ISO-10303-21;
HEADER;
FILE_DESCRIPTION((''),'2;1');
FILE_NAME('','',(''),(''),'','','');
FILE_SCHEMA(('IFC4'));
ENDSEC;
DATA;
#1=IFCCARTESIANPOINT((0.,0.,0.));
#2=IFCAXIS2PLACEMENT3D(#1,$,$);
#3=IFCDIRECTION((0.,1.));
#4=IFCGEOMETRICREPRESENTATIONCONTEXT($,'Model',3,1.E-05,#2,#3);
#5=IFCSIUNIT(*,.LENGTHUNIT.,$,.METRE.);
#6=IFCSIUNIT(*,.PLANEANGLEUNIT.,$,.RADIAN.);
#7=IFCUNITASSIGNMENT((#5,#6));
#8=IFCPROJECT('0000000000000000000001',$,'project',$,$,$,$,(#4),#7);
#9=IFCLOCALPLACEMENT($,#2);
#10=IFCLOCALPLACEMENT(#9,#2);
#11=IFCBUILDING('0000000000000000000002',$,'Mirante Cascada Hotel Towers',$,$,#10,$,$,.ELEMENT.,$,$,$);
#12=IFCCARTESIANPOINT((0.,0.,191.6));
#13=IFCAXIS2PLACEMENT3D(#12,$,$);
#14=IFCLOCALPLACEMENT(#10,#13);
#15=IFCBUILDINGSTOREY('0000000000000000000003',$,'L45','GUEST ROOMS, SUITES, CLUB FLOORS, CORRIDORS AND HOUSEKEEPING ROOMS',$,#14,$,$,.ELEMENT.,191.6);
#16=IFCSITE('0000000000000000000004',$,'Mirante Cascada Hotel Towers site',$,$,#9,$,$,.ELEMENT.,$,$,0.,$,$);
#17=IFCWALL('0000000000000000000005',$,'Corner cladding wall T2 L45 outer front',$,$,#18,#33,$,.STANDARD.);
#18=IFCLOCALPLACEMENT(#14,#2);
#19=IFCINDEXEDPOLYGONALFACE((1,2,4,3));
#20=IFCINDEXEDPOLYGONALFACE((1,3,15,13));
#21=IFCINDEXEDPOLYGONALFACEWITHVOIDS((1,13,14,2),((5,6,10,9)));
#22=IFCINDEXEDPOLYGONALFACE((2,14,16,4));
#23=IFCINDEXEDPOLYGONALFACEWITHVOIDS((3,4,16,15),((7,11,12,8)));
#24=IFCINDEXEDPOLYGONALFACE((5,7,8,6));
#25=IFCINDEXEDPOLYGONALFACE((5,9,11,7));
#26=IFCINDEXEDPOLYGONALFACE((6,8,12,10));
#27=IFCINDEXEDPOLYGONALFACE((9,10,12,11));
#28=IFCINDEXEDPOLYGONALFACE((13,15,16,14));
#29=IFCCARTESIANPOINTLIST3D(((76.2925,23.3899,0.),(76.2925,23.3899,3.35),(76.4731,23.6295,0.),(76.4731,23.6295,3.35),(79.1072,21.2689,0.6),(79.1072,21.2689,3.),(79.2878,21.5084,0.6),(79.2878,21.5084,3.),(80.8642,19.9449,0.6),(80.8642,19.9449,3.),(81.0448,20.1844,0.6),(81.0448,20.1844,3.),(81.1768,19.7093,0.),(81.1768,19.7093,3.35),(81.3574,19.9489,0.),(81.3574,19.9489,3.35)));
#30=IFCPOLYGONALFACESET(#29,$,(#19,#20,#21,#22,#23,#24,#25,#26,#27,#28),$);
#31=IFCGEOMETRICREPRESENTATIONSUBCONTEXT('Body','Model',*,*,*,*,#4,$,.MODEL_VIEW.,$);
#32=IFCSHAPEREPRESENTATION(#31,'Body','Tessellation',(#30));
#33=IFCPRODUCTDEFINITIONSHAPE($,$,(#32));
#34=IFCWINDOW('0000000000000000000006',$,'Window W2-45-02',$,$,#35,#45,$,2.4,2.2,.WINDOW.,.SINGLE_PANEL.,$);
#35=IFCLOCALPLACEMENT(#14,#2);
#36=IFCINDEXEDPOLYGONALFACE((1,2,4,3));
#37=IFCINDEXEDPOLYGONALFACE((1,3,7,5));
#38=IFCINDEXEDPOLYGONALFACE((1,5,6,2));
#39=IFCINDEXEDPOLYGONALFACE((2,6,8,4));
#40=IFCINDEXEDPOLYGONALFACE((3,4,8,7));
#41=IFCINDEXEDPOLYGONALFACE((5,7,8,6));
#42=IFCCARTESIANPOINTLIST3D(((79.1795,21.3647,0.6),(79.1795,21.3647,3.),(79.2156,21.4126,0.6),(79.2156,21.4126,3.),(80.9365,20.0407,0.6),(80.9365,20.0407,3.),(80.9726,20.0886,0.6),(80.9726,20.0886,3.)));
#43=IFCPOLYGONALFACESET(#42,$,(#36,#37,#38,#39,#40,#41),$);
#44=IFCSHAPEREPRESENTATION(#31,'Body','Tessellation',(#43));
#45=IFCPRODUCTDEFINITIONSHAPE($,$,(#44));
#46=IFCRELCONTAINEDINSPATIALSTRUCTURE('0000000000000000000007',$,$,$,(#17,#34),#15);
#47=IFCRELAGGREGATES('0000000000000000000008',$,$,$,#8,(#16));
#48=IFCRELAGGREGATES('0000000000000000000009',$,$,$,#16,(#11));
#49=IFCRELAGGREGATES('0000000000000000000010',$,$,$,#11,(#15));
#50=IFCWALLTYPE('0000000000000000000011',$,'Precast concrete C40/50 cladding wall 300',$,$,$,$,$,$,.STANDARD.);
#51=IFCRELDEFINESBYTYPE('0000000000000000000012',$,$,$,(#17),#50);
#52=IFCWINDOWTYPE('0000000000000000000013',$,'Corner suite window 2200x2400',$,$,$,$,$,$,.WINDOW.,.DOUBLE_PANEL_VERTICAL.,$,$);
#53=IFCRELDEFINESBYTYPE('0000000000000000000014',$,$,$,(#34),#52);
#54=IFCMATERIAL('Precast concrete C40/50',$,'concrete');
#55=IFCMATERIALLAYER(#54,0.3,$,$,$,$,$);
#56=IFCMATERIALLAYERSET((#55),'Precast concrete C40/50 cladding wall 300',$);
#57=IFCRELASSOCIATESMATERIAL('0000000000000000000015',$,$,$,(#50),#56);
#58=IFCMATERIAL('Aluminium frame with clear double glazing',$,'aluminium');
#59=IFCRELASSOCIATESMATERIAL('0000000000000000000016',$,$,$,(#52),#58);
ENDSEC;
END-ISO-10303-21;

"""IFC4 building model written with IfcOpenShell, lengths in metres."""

from ifc_helpers import new_model, si_unit, direction, frame, frame_2d, origin, place, context, subcontext, project, spatial, rectangle, extrude, material, layer, layer_set, type_object, element, fill, save


model = new_model("IFC4")

# Units and contexts
model_context = context("Model", 3, precision=1e-05, world=origin(), true_north=direction((0.0, 1.0)))
body_context = subcontext(model_context, "Body", "Model", "MODEL_VIEW")
ifc_project = project(units=[si_unit("LENGTHUNIT", "METRE"), si_unit("PLANEANGLEUNIT", "RADIAN")], contexts=[model_context])

# Site, building, storey
site_placement = place(None, origin())
site = spatial("IfcSite", under=ifc_project, at=site_placement, Name="Mirante Cascada Hotel Towers site", CompositionType="ELEMENT", RefElevation=0.0)
building_placement = place(site_placement, origin())
building = spatial("IfcBuilding", under=site, at=building_placement, Name="Mirante Cascada Hotel Towers", CompositionType="ELEMENT")
storey_placement = place(building_placement, frame((0.0, 0.0, 191.6)))
storey = spatial("IfcBuildingStorey", under=building, at=storey_placement, Name="L45", Description="GUEST ROOMS, SUITES, CLUB FLOORS, CORRIDORS AND HOUSEKEEPING ROOMS", CompositionType="ELEMENT", Elevation=191.6)

# Wall, opening, window
ifc_material_1 = material(Name="Precast concrete C40/50", Category="concrete")
ifc_layer_1 = layer(ifc_material_1, 0.3)
ifc_layer_set_1 = layer_set([ifc_layer_1], Name="Precast concrete C40/50 cladding wall 300")
wall_type = type_object("IfcWallType", Name="Precast concrete C40/50 cladding wall 300", PredefinedType="STANDARD", material=ifc_layer_set_1)
wall_placement = place(storey_placement, frame((81.2671, 19.8291, 0.0), z_axis=(0.0, 0.0, 1.0), x_axis=(-0.798634, 0.601817, 0.0)))
wall = element("IfcWall", 1, at=wall_placement, inside=storey, type_object=wall_type, Name="Corner cladding wall T2 L45 outer front", PredefinedType="STANDARD", context=body_context, shape_type="SweptSolid", body=[
    extrude(rectangle(XDim=6.1158, YDim=0.3, at=frame_2d((3.0579, 0.0))), origin(), (0.0, 0.0, 1.0), 3.35),
])
opening_placement = place(wall_placement, frame((0.3914, 0.0, 0.6)))
opening = element("IfcOpeningElement", 2, at=opening_placement, cuts=wall, PredefinedType="OPENING", context=body_context, shape_type="SweptSolid", body=[
    extrude(rectangle(XDim=2.2, YDim=2.4, at=frame_2d((1.1, 1.2))), frame((0.0, 0.15, 0.0), z_axis=(0.0, -1.0, 0.0), x_axis=(1.0, 0.0, 0.0)), (0.0, 0.0, 1.0), 0.3),
])
ifc_material_2 = material(Name="Aluminium frame with clear double glazing", Category="aluminium")
window_type = type_object("IfcWindowType", Name="Corner suite window 2200x2400", PartitioningType="DOUBLE_PANEL_VERTICAL", PredefinedType="WINDOW", material=ifc_material_2)
window_placement = place(opening_placement, origin())
window = element("IfcWindow", 3, at=window_placement, inside=storey, type_object=window_type, Name="Window W2-45-02", OverallHeight=2.4, OverallWidth=2.2, PartitioningType="SINGLE_PANEL", PredefinedType="WINDOW", context=body_context, shape_type="SweptSolid", body=[
    extrude(rectangle(XDim=2.2, YDim=2.4, at=frame_2d((1.1, 1.2))), frame((0.0, 0.03, 0.0), z_axis=(0.0, -1.0, 0.0), x_axis=(1.0, 0.0, 0.0)), (0.0, 0.0, 1.0), 0.06),
])
fill(opening, window)

save(model, "model.ifc")
